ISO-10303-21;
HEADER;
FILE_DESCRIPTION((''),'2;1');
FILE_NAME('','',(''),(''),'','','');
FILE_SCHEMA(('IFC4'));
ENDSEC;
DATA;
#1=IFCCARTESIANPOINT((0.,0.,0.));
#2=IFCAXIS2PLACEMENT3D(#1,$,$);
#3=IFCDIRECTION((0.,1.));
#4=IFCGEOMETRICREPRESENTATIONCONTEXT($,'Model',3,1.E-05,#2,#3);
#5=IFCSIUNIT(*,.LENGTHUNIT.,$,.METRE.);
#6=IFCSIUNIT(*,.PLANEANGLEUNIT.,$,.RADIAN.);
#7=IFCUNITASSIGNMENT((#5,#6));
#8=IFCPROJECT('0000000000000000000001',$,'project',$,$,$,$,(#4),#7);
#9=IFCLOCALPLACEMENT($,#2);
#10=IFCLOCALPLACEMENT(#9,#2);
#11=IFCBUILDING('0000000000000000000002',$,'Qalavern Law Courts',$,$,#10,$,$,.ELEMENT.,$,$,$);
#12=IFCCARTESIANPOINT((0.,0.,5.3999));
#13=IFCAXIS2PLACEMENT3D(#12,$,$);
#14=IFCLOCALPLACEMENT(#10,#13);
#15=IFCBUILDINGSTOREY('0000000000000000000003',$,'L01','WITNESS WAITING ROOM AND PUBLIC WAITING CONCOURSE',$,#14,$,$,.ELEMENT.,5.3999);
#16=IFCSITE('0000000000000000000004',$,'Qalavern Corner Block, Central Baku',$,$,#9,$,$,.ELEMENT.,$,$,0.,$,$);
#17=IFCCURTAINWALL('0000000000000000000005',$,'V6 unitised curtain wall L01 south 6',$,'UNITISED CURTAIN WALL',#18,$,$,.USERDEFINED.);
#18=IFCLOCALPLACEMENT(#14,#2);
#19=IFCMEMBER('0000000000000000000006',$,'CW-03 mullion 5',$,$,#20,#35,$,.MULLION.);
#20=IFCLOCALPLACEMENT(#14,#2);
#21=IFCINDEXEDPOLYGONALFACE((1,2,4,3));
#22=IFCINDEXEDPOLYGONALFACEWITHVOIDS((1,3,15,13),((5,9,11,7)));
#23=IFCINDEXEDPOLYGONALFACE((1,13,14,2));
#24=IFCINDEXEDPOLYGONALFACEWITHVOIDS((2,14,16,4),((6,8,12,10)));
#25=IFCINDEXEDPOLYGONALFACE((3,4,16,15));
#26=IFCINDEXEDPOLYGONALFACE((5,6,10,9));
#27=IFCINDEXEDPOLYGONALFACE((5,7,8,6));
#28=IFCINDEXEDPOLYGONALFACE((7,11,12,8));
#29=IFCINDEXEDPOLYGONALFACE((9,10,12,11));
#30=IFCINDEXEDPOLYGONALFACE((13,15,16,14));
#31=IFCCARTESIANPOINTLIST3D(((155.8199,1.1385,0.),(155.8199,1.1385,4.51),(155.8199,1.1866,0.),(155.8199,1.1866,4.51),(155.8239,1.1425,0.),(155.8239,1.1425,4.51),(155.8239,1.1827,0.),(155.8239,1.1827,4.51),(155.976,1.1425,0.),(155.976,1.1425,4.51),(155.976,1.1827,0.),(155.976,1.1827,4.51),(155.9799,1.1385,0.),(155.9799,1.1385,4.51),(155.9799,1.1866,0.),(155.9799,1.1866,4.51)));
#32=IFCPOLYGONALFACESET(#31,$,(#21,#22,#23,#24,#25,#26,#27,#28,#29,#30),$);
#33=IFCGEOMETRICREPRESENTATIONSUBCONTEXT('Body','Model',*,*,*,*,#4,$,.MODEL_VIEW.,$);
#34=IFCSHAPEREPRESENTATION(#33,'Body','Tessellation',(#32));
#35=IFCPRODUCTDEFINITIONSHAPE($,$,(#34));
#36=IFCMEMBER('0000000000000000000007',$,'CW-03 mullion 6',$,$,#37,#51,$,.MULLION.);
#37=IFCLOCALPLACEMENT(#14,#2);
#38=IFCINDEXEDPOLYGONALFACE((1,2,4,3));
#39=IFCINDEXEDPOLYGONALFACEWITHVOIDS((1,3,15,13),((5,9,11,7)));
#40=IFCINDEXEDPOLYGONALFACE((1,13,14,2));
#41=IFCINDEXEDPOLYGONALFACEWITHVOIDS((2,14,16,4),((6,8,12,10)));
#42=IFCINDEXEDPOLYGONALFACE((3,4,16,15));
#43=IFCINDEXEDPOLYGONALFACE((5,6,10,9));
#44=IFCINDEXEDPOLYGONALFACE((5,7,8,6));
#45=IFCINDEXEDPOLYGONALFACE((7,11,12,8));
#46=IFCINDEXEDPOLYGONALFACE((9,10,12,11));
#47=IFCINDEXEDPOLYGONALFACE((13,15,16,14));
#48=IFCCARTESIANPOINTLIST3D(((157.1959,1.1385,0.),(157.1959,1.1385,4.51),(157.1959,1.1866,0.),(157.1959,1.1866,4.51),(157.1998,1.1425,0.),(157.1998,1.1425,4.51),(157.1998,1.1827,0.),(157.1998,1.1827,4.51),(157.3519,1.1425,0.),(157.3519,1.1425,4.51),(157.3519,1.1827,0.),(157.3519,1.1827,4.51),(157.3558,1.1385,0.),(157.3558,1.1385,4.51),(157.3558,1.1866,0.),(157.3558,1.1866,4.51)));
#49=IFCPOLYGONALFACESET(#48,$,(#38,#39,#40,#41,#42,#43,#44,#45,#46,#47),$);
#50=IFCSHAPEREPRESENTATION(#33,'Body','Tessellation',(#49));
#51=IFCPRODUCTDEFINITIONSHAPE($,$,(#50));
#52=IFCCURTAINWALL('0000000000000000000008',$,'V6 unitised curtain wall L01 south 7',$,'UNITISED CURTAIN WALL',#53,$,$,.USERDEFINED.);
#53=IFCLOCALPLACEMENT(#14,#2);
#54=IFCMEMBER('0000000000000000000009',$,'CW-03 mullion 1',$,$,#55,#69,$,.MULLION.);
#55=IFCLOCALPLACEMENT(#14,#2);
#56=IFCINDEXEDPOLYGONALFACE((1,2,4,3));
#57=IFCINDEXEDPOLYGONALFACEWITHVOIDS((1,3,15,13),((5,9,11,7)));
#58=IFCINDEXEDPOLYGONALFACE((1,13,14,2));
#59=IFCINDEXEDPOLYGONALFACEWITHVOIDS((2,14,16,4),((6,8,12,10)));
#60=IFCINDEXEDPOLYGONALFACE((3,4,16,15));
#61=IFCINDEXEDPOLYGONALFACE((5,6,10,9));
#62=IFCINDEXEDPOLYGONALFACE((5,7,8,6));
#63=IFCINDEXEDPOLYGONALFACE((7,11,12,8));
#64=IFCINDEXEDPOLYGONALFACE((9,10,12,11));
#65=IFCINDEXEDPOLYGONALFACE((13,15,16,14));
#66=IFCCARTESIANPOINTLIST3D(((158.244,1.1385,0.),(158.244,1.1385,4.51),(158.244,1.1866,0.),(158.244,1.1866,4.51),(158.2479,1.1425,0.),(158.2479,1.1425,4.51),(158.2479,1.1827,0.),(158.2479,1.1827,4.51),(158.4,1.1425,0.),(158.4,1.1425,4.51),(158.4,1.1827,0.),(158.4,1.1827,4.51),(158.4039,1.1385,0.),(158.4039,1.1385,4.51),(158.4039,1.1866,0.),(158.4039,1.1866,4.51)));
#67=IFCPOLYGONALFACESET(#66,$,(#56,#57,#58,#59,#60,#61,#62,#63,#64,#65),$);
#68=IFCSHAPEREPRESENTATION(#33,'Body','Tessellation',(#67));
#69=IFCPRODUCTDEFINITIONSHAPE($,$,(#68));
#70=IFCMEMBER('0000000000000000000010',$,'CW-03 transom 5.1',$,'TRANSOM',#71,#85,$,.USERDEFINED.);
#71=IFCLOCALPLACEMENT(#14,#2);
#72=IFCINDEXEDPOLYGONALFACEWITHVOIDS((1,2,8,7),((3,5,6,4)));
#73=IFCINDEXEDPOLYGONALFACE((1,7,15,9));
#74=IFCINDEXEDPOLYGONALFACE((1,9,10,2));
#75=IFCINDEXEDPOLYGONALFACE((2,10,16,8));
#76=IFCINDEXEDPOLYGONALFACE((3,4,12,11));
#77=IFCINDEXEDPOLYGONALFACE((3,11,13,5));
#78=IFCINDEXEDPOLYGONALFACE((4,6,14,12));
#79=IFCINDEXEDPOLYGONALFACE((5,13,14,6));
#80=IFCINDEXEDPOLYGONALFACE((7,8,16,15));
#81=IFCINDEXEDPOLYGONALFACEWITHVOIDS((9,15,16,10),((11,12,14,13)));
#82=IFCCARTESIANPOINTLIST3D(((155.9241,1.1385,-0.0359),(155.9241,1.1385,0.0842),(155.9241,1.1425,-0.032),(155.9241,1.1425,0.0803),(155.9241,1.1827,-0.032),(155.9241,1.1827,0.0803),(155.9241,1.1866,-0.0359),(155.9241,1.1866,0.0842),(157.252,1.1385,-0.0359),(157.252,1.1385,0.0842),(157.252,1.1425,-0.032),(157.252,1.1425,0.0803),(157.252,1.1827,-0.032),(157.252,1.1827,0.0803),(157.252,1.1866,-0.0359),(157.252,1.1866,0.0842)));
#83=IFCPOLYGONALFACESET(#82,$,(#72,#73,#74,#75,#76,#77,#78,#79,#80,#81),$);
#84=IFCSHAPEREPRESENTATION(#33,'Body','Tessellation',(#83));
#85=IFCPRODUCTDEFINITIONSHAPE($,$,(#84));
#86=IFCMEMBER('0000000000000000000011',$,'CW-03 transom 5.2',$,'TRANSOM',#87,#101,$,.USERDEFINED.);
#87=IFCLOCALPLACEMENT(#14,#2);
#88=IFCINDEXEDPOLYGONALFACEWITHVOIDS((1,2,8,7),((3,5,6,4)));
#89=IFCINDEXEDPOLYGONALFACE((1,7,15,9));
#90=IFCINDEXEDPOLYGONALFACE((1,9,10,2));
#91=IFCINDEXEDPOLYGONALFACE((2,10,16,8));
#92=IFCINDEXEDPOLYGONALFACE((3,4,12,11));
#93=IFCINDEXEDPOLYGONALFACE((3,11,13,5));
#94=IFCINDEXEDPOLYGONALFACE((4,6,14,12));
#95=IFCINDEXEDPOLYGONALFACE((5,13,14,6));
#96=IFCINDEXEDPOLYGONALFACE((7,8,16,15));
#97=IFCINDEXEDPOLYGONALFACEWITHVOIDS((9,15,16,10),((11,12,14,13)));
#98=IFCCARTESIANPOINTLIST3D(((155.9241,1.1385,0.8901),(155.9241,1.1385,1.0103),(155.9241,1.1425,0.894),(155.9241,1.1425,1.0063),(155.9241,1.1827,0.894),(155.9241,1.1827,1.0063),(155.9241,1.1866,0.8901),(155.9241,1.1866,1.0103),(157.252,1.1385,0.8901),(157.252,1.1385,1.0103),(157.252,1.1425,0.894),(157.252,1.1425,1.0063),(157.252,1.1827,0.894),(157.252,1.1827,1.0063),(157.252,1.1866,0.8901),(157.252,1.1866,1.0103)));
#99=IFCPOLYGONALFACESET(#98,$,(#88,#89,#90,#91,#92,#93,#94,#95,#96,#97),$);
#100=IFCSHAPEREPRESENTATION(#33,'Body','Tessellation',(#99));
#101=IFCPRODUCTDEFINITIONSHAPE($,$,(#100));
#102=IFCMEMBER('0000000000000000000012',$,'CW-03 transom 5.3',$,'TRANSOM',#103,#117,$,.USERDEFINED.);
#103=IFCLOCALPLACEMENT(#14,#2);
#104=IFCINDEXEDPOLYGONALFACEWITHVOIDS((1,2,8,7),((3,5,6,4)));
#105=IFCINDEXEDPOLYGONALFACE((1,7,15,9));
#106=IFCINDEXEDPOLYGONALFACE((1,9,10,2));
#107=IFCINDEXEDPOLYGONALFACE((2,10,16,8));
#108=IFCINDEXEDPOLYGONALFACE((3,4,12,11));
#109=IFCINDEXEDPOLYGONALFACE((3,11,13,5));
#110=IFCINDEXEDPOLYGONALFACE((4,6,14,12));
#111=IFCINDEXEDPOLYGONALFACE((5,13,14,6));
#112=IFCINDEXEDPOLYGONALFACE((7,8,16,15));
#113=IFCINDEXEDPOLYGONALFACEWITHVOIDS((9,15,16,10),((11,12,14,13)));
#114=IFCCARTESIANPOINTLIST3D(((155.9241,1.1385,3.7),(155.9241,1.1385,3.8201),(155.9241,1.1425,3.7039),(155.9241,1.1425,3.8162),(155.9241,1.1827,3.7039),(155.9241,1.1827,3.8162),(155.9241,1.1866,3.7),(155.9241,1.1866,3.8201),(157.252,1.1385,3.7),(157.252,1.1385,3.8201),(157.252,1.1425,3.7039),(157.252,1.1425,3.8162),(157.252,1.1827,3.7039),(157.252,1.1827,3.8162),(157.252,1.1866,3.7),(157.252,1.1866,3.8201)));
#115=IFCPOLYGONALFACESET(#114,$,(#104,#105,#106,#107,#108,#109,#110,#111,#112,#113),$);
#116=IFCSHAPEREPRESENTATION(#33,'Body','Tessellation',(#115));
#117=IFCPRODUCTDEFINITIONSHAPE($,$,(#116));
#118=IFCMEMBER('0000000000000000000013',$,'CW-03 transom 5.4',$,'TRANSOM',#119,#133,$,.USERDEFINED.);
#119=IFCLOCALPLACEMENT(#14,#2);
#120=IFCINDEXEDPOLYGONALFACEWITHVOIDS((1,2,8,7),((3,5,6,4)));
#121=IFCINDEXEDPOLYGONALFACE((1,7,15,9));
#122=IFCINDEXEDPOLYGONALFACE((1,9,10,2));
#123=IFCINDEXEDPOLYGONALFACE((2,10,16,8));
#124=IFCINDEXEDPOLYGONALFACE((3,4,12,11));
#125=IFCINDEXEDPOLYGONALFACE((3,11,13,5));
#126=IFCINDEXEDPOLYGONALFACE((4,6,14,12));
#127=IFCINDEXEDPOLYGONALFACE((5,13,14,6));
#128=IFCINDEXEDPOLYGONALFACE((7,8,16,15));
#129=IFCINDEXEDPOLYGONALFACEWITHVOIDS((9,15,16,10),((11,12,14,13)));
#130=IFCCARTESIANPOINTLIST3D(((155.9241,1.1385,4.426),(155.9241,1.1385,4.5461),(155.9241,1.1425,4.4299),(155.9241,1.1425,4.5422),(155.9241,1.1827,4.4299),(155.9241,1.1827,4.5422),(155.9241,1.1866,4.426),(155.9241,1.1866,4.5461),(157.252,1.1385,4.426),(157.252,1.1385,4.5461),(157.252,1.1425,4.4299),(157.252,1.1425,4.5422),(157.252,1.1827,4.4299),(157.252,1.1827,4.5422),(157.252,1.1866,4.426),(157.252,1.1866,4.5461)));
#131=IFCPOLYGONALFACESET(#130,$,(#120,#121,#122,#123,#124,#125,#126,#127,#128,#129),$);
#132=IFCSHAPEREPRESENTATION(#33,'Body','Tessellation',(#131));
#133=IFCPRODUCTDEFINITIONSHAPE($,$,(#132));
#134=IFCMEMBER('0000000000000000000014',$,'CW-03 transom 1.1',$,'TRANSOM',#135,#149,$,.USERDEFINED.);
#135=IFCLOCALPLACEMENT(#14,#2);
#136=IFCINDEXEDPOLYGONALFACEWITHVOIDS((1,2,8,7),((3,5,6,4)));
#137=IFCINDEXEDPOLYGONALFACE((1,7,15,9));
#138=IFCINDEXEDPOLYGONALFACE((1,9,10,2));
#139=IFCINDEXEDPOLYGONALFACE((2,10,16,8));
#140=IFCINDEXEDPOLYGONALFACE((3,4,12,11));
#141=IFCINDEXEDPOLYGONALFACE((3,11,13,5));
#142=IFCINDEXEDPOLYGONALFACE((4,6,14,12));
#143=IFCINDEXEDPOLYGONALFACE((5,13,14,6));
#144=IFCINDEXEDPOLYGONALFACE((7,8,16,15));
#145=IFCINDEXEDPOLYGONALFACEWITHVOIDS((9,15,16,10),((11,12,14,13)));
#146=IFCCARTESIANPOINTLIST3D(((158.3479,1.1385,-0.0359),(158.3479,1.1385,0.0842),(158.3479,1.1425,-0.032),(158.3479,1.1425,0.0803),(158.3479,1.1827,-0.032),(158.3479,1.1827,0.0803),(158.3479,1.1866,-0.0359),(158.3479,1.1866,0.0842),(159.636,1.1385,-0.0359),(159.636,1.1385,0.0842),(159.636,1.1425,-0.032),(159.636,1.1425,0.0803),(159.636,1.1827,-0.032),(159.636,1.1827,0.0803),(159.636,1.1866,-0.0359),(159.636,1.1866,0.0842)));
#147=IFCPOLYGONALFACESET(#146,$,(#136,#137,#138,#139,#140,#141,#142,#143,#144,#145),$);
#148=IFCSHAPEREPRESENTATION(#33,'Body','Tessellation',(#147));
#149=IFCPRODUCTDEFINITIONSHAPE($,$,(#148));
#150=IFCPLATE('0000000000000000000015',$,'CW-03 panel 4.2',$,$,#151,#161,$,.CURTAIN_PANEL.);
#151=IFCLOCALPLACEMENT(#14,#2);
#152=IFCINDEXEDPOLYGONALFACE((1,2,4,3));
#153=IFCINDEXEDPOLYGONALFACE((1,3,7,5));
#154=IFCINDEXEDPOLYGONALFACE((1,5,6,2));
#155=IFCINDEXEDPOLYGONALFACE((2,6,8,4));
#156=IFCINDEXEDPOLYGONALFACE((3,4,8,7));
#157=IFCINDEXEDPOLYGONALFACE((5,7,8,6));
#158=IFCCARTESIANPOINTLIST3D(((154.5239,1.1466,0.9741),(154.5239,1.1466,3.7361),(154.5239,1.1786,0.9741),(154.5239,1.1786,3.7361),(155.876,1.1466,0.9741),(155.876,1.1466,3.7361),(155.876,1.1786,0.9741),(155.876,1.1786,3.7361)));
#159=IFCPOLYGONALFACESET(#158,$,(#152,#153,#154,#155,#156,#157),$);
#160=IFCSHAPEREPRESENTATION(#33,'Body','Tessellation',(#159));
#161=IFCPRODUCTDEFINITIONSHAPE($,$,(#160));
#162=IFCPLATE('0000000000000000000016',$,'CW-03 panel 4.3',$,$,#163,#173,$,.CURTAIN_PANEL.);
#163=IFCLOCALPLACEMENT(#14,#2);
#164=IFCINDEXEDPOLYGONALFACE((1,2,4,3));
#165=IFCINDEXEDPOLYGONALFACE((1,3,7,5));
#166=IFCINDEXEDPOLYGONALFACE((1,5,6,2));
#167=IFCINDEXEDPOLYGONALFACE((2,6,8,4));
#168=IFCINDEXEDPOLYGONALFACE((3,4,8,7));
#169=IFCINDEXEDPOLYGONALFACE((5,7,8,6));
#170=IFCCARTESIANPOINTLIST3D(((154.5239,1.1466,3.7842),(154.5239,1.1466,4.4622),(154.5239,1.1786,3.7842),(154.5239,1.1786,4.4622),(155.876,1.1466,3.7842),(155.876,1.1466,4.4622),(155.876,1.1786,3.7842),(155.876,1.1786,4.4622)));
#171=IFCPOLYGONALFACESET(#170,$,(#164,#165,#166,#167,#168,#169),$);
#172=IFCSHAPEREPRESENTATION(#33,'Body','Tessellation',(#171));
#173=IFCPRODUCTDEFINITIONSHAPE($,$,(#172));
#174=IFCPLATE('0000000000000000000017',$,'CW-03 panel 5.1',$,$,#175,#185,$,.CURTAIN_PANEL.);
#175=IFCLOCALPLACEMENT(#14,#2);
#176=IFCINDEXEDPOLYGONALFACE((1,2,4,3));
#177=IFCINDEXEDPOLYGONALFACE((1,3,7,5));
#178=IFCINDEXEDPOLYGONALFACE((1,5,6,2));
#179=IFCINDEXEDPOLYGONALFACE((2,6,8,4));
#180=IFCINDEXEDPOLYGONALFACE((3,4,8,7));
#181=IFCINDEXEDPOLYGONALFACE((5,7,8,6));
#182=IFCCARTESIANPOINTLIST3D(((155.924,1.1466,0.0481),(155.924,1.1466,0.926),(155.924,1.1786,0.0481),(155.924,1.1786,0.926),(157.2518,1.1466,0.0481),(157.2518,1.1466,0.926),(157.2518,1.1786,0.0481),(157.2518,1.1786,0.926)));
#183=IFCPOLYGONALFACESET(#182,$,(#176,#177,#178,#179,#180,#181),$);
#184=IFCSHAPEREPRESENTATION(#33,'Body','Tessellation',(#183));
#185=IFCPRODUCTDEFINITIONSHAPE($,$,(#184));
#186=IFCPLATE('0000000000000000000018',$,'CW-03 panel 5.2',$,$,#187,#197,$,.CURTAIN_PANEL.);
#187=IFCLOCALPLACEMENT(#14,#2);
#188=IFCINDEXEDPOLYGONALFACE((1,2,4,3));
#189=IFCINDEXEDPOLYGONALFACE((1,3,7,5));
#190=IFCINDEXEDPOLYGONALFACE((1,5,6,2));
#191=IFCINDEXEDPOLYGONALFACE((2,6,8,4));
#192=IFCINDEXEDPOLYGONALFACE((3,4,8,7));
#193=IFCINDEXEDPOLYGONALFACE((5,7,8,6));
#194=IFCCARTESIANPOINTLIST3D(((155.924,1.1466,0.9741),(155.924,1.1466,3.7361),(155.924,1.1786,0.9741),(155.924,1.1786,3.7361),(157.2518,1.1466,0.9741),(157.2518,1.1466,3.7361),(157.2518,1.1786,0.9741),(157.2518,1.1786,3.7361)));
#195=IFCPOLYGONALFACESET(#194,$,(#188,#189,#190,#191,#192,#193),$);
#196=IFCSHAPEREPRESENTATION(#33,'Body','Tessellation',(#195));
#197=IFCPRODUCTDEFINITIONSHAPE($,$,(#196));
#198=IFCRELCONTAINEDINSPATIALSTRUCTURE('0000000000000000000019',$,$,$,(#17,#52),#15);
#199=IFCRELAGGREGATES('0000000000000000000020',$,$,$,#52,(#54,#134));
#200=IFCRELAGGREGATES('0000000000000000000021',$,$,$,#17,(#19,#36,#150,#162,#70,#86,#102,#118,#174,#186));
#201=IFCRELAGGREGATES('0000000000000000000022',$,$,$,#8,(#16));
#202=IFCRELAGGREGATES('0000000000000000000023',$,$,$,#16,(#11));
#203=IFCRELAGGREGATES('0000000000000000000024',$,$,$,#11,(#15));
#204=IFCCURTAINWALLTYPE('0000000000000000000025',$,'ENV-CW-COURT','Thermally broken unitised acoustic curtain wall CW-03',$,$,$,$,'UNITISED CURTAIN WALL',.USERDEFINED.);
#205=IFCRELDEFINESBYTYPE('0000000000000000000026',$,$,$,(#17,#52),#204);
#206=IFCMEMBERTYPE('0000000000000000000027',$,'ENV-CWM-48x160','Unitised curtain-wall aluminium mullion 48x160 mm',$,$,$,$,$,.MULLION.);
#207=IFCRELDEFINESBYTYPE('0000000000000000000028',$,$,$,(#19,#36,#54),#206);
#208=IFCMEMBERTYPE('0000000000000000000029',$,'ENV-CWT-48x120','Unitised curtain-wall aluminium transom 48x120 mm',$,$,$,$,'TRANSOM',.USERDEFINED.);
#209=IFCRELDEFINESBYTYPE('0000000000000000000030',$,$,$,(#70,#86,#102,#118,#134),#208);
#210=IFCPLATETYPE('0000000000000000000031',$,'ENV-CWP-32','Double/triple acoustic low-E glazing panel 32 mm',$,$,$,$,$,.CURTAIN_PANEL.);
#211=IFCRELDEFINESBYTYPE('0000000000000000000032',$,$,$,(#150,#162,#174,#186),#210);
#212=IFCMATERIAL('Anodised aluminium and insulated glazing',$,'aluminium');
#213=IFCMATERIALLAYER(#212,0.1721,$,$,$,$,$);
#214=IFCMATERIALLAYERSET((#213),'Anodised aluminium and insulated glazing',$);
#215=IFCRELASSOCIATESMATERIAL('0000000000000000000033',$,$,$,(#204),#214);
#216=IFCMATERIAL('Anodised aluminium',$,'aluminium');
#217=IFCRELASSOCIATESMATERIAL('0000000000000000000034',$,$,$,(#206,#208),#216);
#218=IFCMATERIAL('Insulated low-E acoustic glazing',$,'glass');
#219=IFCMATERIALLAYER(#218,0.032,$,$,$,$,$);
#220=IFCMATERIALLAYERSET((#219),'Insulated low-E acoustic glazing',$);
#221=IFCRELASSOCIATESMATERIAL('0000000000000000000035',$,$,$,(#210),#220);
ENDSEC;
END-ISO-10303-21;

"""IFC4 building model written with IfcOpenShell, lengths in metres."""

from ifc_helpers import new_model, si_unit, direction, frame, origin, origin_2d, place, context, subcontext, project, spatial, rectangle, hollow_rectangle, extrude, material, layer, layer_set, material_profile, profile_set, type_object, element, aggregate, save


model = new_model("IFC4")

# Units and contexts
model_context = context("Model", 3, precision=1e-05, world=origin(), true_north=direction((0.0, 1.0)))
body_context = subcontext(model_context, "Body", "Model", "MODEL_VIEW")
ifc_project = project(units=[si_unit("LENGTHUNIT", "METRE"), si_unit("PLANEANGLEUNIT", "RADIAN")], contexts=[model_context])

# Site, building, storey
site_placement = place(None, origin())
site = spatial("IfcSite", under=ifc_project, at=site_placement, Name="Qalavern Corner Block, Central Baku", CompositionType="ELEMENT", RefElevation=0.0)
building_placement = place(site_placement, origin())
building = spatial("IfcBuilding", under=site, at=building_placement, Name="Qalavern Law Courts", CompositionType="ELEMENT")
storey_placement = place(building_placement, frame((0.0, 0.0, 5.3999)))
storey = spatial("IfcBuildingStorey", under=building, at=storey_placement, Name="L01", Description="WITNESS WAITING ROOM AND PUBLIC WAITING CONCOURSE", CompositionType="ELEMENT", Elevation=5.3999)

# Curtain wall, members
ifc_material_1 = material(Name="Anodised aluminium and insulated glazing", Category="aluminium")
ifc_layer_1 = layer(ifc_material_1, 0.1721)
ifc_layer_set_1 = layer_set([ifc_layer_1], Name="Anodised aluminium and insulated glazing")
curtain_wall_type = type_object("IfcCurtainWallType", Name="ENV-CW-COURT", Description="Thermally broken unitised acoustic curtain wall CW-03", ElementType="UNITISED CURTAIN WALL", PredefinedType="USERDEFINED", material=ifc_layer_set_1)
curtain_wall_1_placement = place(storey_placement, origin())
curtain_wall_1 = element("IfcCurtainWall", 1, at=curtain_wall_1_placement, inside=storey, type_object=curtain_wall_type, Name="V6 unitised curtain wall L01 south 6", ObjectType="UNITISED CURTAIN WALL", PredefinedType="USERDEFINED")
ifc_material_2 = material(Name="Anodised aluminium", Category="aluminium")
ifc_material_profile_1 = material_profile(ifc_material_2, hollow_rectangle(XDim=0.0481, YDim=0.1599, WallThickness=0.0039, at=origin_2d()), Name="ALU MULLION 48x160")
ifc_profile_set_1 = profile_set([ifc_material_profile_1], Name="Anodised aluminium")
member_type_1 = type_object("IfcMemberType", Name="ENV-CWM-48x160", Description="Unitised curtain-wall aluminium mullion 48x160 mm", PredefinedType="MULLION", material=ifc_profile_set_1)
member_1_placement = place(storey_placement, frame((155.8999, 1.1626, 0.0), z_axis=(0.0, 0.0, 1.0), x_axis=(0.0, 1.0, 0.0)))
member_1 = element("IfcMember", 2, at=member_1_placement, type_object=member_type_1, Name="CW-03 mullion 5", PredefinedType="MULLION", context=body_context, shape_type="SweptSolid", body=[
    extrude(hollow_rectangle(XDim=0.0481, YDim=0.1599, WallThickness=0.0039, at=origin_2d()), origin(), (0.0, 0.0, 1.0), 4.51),
])
member_2_placement = place(storey_placement, frame((157.2759, 1.1626, 0.0), z_axis=(0.0, 0.0, 1.0), x_axis=(0.0, 1.0, 0.0)))
member_2 = element("IfcMember", 3, at=member_2_placement, type_object=member_type_1, Name="CW-03 mullion 6", PredefinedType="MULLION", context=body_context, shape_type="SweptSolid", body=[
    extrude(hollow_rectangle(XDim=0.0481, YDim=0.1599, WallThickness=0.0039, at=origin_2d()), origin(), (0.0, 0.0, 1.0), 4.51),
])

# Curtain wall, member
curtain_wall_2_placement = place(storey_placement, origin())
curtain_wall_2 = element("IfcCurtainWall", 4, at=curtain_wall_2_placement, inside=storey, type_object=curtain_wall_type, Name="V6 unitised curtain wall L01 south 7", ObjectType="UNITISED CURTAIN WALL", PredefinedType="USERDEFINED")
member_3_placement = place(storey_placement, frame((158.324, 1.1626, 0.0), z_axis=(0.0, 0.0, 1.0), x_axis=(0.0, 1.0, 0.0)))
member_3 = element("IfcMember", 5, at=member_3_placement, type_object=member_type_1, Name="CW-03 mullion 1", PredefinedType="MULLION", context=body_context, shape_type="SweptSolid", body=[
    extrude(hollow_rectangle(XDim=0.0481, YDim=0.1599, WallThickness=0.0039, at=origin_2d()), origin(), (0.0, 0.0, 1.0), 4.51),
])

# Members
ifc_material_profile_2 = material_profile(ifc_material_2, hollow_rectangle(XDim=0.0481, YDim=0.1201, WallThickness=0.0039, at=origin_2d()), Name="ALU TRANSOM 48x120")
ifc_profile_set_2 = profile_set([ifc_material_profile_2], Name="Anodised aluminium")
member_type_2 = type_object("IfcMemberType", Name="ENV-CWT-48x120", Description="Unitised curtain-wall aluminium transom 48x120 mm", ElementType="TRANSOM", PredefinedType="USERDEFINED", material=ifc_profile_set_2)
member_4_placement = place(storey_placement, frame((155.9241, 1.1626, 0.0242), z_axis=(1.0, 0.0, 0.0), x_axis=(0.0, 1.0, 0.0)))
member_4 = element("IfcMember", 6, at=member_4_placement, type_object=member_type_2, Name="CW-03 transom 5.1", ObjectType="TRANSOM", PredefinedType="USERDEFINED", context=body_context, shape_type="SweptSolid", body=[
    extrude(hollow_rectangle(XDim=0.0481, YDim=0.1201, WallThickness=0.0039, at=origin_2d()), origin(), (0.0, 0.0, 1.0), 1.3279),
])
member_5_placement = place(storey_placement, frame((155.9241, 1.1626, 0.9502), z_axis=(1.0, 0.0, 0.0), x_axis=(0.0, 1.0, 0.0)))
member_5 = element("IfcMember", 7, at=member_5_placement, type_object=member_type_2, Name="CW-03 transom 5.2", ObjectType="TRANSOM", PredefinedType="USERDEFINED", context=body_context, shape_type="SweptSolid", body=[
    extrude(hollow_rectangle(XDim=0.0481, YDim=0.1201, WallThickness=0.0039, at=origin_2d()), origin(), (0.0, 0.0, 1.0), 1.3279),
])
member_6_placement = place(storey_placement, frame((155.9241, 1.1626, 3.76), z_axis=(1.0, 0.0, 0.0), x_axis=(0.0, 1.0, 0.0)))
member_6 = element("IfcMember", 8, at=member_6_placement, type_object=member_type_2, Name="CW-03 transom 5.3", ObjectType="TRANSOM", PredefinedType="USERDEFINED", context=body_context, shape_type="SweptSolid", body=[
    extrude(hollow_rectangle(XDim=0.0481, YDim=0.1201, WallThickness=0.0039, at=origin_2d()), origin(), (0.0, 0.0, 1.0), 1.3279),
])
member_7_placement = place(storey_placement, frame((155.9241, 1.1626, 4.4861), z_axis=(1.0, 0.0, 0.0), x_axis=(0.0, 1.0, 0.0)))
member_7 = element("IfcMember", 9, at=member_7_placement, type_object=member_type_2, Name="CW-03 transom 5.4", ObjectType="TRANSOM", PredefinedType="USERDEFINED", context=body_context, shape_type="SweptSolid", body=[
    extrude(hollow_rectangle(XDim=0.0481, YDim=0.1201, WallThickness=0.0039, at=origin_2d()), origin(), (0.0, 0.0, 1.0), 1.3279),
])
member_8_placement = place(storey_placement, frame((158.3479, 1.1626, 0.0242), z_axis=(1.0, 0.0, 0.0), x_axis=(0.0, 1.0, 0.0)))
member_8 = element("IfcMember", 10, at=member_8_placement, type_object=member_type_2, Name="CW-03 transom 1.1", ObjectType="TRANSOM", PredefinedType="USERDEFINED", context=body_context, shape_type="SweptSolid", body=[
    extrude(hollow_rectangle(XDim=0.0481, YDim=0.1201, WallThickness=0.0039, at=origin_2d()), origin(), (0.0, 0.0, 1.0), 1.2881),
])
aggregate(curtain_wall_2, [member_3, member_8])

# Plates
ifc_material_3 = material(Name="Insulated low-E acoustic glazing", Category="glass")
ifc_layer_2 = layer(ifc_material_3, 0.032)
ifc_layer_set_2 = layer_set([ifc_layer_2], Name="Insulated low-E acoustic glazing")
plate_type = type_object("IfcPlateType", Name="ENV-CWP-32", Description="Double/triple acoustic low-E glazing panel 32 mm", PredefinedType="CURTAIN_PANEL", material=ifc_layer_set_2)
plate_1_placement = place(storey_placement, frame((155.2, 1.1626, 0.9741), z_axis=(0.0, 0.0, 1.0), x_axis=(1.0, 0.0, 0.0)))
plate_1 = element("IfcPlate", 11, at=plate_1_placement, type_object=plate_type, Name="CW-03 panel 4.2", PredefinedType="CURTAIN_PANEL", context=body_context, shape_type="SweptSolid", body=[
    extrude(rectangle(XDim=1.3521, YDim=0.032, at=origin_2d()), origin(), (0.0, 0.0, 1.0), 2.762),
])
plate_2_placement = place(storey_placement, frame((155.2, 1.1626, 3.7842), z_axis=(0.0, 0.0, 1.0), x_axis=(1.0, 0.0, 0.0)))
plate_2 = element("IfcPlate", 12, at=plate_2_placement, type_object=plate_type, Name="CW-03 panel 4.3", PredefinedType="CURTAIN_PANEL", context=body_context, shape_type="SweptSolid", body=[
    extrude(rectangle(XDim=1.3521, YDim=0.032, at=origin_2d()), origin(), (0.0, 0.0, 1.0), 0.678),
])
plate_3_placement = place(storey_placement, frame((156.5879, 1.1626, 0.0481), z_axis=(0.0, 0.0, 1.0), x_axis=(1.0, 0.0, 0.0)))
plate_3 = element("IfcPlate", 13, at=plate_3_placement, type_object=plate_type, Name="CW-03 panel 5.1", PredefinedType="CURTAIN_PANEL", context=body_context, shape_type="SweptSolid", body=[
    extrude(rectangle(XDim=1.3279, YDim=0.032, at=origin_2d()), origin(), (0.0, 0.0, 1.0), 0.8779),
])
plate_4_placement = place(storey_placement, frame((156.5879, 1.1626, 0.9741), z_axis=(0.0, 0.0, 1.0), x_axis=(1.0, 0.0, 0.0)))
plate_4 = element("IfcPlate", 14, at=plate_4_placement, type_object=plate_type, Name="CW-03 panel 5.2", PredefinedType="CURTAIN_PANEL", context=body_context, shape_type="SweptSolid", body=[
    extrude(rectangle(XDim=1.3279, YDim=0.032, at=origin_2d()), origin(), (0.0, 0.0, 1.0), 2.762),
])
aggregate(curtain_wall_1, [member_1, member_2, plate_1, plate_2, member_4, member_5, member_6, member_7, plate_3, plate_4])

save(model, "model.ifc")
